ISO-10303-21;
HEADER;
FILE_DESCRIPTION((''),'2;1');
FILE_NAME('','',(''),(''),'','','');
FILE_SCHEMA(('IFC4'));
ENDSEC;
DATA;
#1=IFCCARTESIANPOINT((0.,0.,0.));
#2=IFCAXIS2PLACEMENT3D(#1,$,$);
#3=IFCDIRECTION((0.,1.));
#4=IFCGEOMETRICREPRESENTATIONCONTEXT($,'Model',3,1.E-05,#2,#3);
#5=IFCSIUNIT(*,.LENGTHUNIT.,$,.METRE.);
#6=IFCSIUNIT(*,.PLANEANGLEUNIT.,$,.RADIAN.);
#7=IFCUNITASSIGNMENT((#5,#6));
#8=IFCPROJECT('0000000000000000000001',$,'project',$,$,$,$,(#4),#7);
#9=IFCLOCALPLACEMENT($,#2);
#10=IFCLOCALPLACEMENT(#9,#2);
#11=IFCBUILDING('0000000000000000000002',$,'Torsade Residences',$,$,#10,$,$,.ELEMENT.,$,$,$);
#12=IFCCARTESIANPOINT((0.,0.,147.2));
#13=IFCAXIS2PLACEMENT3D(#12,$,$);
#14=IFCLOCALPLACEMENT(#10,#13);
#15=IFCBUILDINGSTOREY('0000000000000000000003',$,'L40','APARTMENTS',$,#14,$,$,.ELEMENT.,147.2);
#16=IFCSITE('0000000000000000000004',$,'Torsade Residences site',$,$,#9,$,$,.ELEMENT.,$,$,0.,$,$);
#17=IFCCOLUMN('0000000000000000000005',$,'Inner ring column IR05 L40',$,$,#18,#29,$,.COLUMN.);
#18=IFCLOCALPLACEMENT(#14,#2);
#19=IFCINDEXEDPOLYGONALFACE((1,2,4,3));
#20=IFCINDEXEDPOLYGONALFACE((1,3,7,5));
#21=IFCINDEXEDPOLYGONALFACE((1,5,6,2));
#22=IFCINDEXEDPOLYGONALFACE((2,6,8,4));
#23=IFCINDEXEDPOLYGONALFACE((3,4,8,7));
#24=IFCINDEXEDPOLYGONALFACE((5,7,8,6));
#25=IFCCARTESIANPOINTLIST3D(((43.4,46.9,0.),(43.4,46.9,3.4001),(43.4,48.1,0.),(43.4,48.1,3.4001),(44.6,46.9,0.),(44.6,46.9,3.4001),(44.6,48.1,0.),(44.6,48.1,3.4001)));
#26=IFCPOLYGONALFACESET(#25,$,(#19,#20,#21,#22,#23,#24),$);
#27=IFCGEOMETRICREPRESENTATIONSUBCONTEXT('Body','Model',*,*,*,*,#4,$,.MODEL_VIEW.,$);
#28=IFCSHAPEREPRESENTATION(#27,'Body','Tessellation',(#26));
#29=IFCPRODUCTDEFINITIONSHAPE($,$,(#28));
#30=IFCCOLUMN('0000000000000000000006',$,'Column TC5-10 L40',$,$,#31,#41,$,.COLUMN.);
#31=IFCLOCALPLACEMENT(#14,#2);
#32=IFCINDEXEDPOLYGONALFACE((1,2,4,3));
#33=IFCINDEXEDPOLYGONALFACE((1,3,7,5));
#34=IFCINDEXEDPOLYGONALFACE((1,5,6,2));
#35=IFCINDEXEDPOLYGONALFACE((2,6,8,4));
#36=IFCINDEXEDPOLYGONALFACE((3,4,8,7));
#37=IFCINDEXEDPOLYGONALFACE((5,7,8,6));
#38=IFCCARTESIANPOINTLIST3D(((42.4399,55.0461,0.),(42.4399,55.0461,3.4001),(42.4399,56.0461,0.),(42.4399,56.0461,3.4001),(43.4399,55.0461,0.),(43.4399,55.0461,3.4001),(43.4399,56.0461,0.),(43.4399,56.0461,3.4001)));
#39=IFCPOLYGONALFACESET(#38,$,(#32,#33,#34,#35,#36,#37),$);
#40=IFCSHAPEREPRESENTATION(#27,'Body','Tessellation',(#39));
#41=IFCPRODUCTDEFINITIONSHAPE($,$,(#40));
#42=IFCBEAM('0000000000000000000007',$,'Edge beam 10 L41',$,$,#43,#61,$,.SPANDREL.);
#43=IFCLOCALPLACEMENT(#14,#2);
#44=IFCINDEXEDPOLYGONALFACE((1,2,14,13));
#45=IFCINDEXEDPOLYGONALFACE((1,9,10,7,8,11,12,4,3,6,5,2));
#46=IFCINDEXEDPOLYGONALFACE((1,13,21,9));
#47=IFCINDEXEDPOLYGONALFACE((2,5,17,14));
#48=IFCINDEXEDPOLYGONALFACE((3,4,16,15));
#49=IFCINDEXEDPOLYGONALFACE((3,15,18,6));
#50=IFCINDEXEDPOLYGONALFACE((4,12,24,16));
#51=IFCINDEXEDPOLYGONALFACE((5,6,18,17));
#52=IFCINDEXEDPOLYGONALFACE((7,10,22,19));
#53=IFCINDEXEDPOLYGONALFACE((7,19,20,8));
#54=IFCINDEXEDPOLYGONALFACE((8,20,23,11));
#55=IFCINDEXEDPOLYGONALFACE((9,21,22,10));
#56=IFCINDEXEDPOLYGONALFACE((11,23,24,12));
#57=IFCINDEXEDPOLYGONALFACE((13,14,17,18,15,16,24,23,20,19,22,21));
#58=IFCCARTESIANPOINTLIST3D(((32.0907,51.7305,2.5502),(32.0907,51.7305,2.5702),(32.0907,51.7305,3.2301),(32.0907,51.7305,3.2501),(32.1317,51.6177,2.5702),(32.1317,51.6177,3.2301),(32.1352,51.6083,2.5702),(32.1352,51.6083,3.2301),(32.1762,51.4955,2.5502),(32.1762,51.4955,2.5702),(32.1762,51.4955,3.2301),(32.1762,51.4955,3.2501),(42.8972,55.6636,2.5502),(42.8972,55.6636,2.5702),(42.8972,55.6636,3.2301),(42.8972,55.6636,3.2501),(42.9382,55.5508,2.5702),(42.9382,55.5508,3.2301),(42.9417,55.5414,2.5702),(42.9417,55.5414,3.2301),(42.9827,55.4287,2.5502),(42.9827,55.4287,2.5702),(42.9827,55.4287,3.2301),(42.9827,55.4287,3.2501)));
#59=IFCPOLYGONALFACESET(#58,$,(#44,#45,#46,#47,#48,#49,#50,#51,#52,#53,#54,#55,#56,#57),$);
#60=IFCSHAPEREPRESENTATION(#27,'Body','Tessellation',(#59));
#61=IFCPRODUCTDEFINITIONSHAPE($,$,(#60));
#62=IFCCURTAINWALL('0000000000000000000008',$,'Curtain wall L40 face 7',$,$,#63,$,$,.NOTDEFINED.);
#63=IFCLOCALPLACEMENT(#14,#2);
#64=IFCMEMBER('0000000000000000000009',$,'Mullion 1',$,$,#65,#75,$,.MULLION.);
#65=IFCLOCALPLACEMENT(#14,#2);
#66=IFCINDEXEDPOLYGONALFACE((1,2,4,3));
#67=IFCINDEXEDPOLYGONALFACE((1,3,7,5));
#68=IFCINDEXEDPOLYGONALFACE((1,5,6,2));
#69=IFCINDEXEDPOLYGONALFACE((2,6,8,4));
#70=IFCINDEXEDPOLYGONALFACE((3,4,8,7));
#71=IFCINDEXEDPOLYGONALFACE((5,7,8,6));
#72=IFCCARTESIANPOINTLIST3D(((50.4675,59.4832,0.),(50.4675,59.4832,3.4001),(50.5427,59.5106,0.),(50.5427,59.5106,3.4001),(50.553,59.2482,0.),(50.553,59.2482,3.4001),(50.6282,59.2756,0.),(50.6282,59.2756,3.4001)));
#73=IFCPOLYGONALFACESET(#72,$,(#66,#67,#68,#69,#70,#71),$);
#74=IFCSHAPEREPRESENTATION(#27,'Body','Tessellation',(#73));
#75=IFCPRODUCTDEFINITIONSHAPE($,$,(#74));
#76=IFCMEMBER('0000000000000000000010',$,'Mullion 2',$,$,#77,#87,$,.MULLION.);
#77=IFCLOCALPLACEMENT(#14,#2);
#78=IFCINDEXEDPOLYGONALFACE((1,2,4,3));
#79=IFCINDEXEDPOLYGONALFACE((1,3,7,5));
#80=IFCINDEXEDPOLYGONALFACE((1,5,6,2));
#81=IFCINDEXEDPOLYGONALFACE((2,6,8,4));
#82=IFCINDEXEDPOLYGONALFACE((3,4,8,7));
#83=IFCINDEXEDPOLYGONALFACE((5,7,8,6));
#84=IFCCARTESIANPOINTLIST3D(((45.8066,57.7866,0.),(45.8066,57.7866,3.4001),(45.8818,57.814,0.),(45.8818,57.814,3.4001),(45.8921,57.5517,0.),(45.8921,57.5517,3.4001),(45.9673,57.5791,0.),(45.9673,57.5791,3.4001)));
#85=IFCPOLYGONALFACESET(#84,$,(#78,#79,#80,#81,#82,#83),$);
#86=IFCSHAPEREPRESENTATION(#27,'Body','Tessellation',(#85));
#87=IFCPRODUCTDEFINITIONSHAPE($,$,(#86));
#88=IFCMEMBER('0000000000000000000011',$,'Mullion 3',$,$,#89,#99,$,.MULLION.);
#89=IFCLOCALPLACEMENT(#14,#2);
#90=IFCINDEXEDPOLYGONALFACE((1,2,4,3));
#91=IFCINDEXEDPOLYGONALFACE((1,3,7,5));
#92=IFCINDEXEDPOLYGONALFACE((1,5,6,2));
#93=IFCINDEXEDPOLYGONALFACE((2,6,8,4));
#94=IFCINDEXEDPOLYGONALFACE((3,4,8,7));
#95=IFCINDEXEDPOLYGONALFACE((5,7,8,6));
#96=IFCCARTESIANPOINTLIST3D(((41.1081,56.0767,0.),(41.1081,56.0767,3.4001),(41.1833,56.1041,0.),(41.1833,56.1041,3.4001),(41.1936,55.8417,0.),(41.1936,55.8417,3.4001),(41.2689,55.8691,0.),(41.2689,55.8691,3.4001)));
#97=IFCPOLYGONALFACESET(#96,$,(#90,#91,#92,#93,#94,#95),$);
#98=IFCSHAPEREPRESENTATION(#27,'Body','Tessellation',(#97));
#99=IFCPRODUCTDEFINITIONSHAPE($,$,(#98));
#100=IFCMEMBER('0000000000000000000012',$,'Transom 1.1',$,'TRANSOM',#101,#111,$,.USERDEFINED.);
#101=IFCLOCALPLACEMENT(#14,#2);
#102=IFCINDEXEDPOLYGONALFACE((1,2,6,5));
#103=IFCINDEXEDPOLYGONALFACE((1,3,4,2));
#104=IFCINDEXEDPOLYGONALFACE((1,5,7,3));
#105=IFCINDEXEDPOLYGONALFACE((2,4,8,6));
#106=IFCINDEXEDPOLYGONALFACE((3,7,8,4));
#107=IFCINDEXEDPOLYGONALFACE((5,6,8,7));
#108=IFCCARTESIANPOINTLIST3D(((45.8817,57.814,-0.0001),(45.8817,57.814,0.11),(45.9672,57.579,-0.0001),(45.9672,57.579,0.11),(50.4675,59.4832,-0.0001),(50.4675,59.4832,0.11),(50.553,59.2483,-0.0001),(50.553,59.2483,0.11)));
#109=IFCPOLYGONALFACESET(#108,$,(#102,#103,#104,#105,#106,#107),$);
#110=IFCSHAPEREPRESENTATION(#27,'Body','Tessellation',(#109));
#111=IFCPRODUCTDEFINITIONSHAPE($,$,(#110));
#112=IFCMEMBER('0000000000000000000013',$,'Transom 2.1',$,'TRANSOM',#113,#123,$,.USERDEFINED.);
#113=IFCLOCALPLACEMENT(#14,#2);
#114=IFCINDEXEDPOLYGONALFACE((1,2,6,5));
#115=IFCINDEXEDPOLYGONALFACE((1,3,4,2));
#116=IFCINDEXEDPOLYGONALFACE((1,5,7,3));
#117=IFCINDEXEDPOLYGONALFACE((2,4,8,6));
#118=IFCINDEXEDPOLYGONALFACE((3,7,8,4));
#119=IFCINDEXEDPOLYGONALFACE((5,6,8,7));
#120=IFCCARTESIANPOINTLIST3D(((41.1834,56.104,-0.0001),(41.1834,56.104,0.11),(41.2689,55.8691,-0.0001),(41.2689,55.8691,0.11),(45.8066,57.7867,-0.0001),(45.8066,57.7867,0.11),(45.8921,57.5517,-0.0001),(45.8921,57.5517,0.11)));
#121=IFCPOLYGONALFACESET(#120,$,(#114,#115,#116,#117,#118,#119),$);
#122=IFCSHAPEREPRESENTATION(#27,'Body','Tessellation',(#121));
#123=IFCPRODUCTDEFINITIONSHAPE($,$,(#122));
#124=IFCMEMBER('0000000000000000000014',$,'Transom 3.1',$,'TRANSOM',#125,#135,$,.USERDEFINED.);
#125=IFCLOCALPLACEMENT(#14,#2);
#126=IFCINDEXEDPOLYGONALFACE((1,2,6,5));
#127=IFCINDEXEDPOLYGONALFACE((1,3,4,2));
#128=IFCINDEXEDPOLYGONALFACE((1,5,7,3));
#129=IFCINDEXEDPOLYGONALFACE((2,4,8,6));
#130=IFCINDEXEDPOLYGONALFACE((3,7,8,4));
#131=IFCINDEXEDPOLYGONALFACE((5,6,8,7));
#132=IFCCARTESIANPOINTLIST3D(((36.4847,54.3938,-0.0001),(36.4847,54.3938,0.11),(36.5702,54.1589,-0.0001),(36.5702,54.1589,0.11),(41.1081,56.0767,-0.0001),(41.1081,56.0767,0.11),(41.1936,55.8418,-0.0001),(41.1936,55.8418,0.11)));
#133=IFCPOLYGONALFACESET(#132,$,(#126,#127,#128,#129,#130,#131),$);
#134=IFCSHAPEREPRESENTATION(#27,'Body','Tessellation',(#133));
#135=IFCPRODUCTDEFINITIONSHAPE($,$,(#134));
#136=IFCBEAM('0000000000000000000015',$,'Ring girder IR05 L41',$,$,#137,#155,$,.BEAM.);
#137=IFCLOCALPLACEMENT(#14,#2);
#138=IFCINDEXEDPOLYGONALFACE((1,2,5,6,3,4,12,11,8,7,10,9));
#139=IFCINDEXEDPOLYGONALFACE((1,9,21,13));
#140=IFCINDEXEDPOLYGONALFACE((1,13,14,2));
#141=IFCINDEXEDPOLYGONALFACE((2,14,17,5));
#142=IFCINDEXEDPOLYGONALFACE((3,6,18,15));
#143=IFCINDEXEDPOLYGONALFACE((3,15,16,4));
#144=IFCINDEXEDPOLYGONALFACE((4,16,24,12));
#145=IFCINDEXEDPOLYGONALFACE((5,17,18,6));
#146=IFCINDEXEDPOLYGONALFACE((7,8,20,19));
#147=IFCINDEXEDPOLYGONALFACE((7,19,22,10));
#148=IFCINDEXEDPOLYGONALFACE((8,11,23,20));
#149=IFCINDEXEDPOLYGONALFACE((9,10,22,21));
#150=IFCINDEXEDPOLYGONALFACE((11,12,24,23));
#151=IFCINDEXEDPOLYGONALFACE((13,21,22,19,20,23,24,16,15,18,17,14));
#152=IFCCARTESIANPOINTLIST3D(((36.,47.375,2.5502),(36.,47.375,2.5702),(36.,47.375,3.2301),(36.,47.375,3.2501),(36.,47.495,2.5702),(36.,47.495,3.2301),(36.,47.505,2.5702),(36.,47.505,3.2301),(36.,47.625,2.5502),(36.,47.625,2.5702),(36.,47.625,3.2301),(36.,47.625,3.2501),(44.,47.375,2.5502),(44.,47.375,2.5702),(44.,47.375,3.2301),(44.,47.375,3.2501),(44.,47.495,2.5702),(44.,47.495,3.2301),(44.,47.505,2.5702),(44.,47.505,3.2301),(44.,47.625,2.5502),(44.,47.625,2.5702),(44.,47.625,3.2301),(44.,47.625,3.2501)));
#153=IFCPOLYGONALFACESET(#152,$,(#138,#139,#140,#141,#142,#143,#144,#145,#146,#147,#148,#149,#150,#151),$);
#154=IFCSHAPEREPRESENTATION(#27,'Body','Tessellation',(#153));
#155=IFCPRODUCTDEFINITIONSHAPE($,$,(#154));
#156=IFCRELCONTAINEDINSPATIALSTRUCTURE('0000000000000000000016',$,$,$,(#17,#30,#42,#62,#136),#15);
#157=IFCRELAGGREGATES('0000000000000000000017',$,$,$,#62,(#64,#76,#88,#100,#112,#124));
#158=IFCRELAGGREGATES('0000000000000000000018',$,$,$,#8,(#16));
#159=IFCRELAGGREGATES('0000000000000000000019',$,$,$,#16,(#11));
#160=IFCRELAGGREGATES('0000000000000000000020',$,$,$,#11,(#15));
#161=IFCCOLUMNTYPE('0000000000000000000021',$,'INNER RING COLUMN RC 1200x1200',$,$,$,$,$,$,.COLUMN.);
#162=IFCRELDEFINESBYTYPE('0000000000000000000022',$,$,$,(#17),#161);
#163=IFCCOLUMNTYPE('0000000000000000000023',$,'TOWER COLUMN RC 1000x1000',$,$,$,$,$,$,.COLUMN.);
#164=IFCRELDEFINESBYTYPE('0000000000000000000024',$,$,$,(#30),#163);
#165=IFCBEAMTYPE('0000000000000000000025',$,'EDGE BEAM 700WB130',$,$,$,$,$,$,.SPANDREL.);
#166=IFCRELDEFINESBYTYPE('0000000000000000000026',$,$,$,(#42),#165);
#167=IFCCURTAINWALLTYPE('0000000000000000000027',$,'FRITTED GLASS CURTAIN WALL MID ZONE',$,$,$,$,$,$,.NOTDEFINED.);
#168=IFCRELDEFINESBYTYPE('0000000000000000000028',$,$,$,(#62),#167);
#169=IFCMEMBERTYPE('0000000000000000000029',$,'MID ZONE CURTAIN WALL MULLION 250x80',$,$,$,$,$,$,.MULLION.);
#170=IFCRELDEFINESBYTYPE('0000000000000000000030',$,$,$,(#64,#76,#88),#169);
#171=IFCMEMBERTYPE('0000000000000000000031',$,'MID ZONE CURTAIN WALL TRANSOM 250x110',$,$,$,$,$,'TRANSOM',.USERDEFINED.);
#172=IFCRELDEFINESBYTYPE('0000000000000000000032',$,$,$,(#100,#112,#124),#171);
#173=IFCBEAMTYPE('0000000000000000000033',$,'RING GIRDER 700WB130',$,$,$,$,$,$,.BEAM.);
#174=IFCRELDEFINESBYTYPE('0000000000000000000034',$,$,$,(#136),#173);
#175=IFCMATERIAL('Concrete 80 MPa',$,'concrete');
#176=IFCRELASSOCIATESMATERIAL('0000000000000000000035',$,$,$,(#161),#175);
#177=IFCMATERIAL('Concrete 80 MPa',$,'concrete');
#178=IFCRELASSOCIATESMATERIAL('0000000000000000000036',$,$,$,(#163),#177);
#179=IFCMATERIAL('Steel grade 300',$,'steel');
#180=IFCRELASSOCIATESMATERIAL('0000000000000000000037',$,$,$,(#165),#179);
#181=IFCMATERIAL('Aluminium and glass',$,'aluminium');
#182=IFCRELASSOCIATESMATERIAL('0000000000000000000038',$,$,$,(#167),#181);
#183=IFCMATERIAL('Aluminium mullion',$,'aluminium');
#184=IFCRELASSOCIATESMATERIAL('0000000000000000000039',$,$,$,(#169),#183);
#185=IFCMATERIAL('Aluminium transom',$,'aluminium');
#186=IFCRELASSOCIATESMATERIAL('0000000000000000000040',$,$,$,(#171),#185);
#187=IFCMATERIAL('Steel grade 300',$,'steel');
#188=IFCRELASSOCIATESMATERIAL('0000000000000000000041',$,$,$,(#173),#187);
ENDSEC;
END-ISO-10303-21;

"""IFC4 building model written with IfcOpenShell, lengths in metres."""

from ifc_helpers import new_model, si_unit, direction, frame, origin, origin_2d, place, context, subcontext, project, spatial, rectangle, i_section, extrude, material, material_profile, profile_set, type_object, element, aggregate, save


model = new_model("IFC4")

# Units and contexts
model_context = context("Model", 3, precision=1e-05, world=origin(), true_north=direction((0.0, 1.0)))
body_context = subcontext(model_context, "Body", "Model", "MODEL_VIEW")
ifc_project = project(units=[si_unit("LENGTHUNIT", "METRE"), si_unit("PLANEANGLEUNIT", "RADIAN")], contexts=[model_context])

# Site, building, storey
site_placement = place(None, origin())
site = spatial("IfcSite", under=ifc_project, at=site_placement, Name="Torsade Residences site", CompositionType="ELEMENT", RefElevation=0.0)
building_placement = place(site_placement, origin())
building = spatial("IfcBuilding", under=site, at=building_placement, Name="Torsade Residences", CompositionType="ELEMENT")
storey_placement = place(building_placement, frame((0.0, 0.0, 147.2)))
storey = spatial("IfcBuildingStorey", under=building, at=storey_placement, Name="L40", Description="APARTMENTS", CompositionType="ELEMENT", Elevation=147.2)

# Columns
ifc_material_1 = material(Name="Concrete 80 MPa", Category="concrete")
ifc_material_profile_1 = material_profile(ifc_material_1, rectangle(XDim=1.2, YDim=1.2, at=origin_2d()), Name="RC 1200x1200")
ifc_profile_set_1 = profile_set([ifc_material_profile_1], Name="Concrete 80 MPa")
column_type_1 = type_object("IfcColumnType", Name="INNER RING COLUMN RC 1200x1200", PredefinedType="COLUMN", material=ifc_profile_set_1)
column_1_placement = place(storey_placement, frame((44.0, 47.5, 0.0), z_axis=(0.0, 0.0, 1.0), x_axis=(1.0, 0.0, 0.0)))
element("IfcColumn", 1, at=column_1_placement, inside=storey, type_object=column_type_1, Name="Inner ring column IR05 L40", PredefinedType="COLUMN", context=body_context, shape_type="SweptSolid", body=[
    extrude(rectangle(XDim=1.2, YDim=1.2, at=origin_2d()), origin(), (0.0, 0.0, 1.0), 3.4001),
])
ifc_material_2 = material(Name="Concrete 80 MPa", Category="concrete")
ifc_material_profile_2 = material_profile(ifc_material_2, rectangle(XDim=1.0, YDim=1.0, at=origin_2d()), Name="RC 1000x1000")
ifc_profile_set_2 = profile_set([ifc_material_profile_2], Name="Concrete 80 MPa")
column_type_2 = type_object("IfcColumnType", Name="TOWER COLUMN RC 1000x1000", PredefinedType="COLUMN", material=ifc_profile_set_2)
column_2_placement = place(storey_placement, frame((42.9399, 55.5461, 0.0), z_axis=(0.0, 0.0, 1.0), x_axis=(1.0, 0.0, 0.0)))
element("IfcColumn", 2, at=column_2_placement, inside=storey, type_object=column_type_2, Name="Column TC5-10 L40", PredefinedType="COLUMN", context=body_context, shape_type="SweptSolid", body=[
    extrude(rectangle(XDim=1.0, YDim=1.0, at=origin_2d()), origin(), (0.0, 0.0, 1.0), 3.4001),
])

# Beam
ifc_material_3 = material(Name="Steel grade 300", Category="steel")
ifc_material_profile_3 = material_profile(ifc_material_3, i_section(OverallWidth=0.25, OverallDepth=0.7, WebThickness=0.01, FlangeThickness=0.02, at=origin_2d()), Name="700WB130")
ifc_profile_set_3 = profile_set([ifc_material_profile_3], Name="Steel grade 300")
beam_type_1 = type_object("IfcBeamType", Name="EDGE BEAM 700WB130", PredefinedType="SPANDREL", material=ifc_profile_set_3)
beam_1_placement = place(storey_placement, frame((42.9399, 55.5461, 2.9001), z_axis=(-0.939695, -0.342012, 0.0), x_axis=(0.342012, -0.939695, 0.0)))
element("IfcBeam", 3, at=beam_1_placement, inside=storey, type_object=beam_type_1, Name="Edge beam 10 L41", PredefinedType="SPANDREL", context=body_context, shape_type="SweptSolid", body=[
    extrude(i_section(OverallWidth=0.25, OverallDepth=0.7, WebThickness=0.01, FlangeThickness=0.02, at=origin_2d()), origin(), (0.0, 0.0, 1.0), 11.5),
])

# Curtain wall, members
ifc_material_4 = material(Name="Aluminium and glass", Category="aluminium")
curtain_wall_type = type_object("IfcCurtainWallType", Name="FRITTED GLASS CURTAIN WALL MID ZONE", PredefinedType="NOTDEFINED", material=ifc_material_4)
curtain_wall_placement = place(storey_placement, origin())
curtain_wall = element("IfcCurtainWall", 4, at=curtain_wall_placement, inside=storey, type_object=curtain_wall_type, Name="Curtain wall L40 face 7", PredefinedType="NOTDEFINED")
ifc_material_5 = material(Name="Aluminium mullion", Category="aluminium")
ifc_material_profile_4 = material_profile(ifc_material_5, rectangle(XDim=0.25, YDim=0.0801, at=origin_2d()), Name="MID ZONE CURTAIN WALL MULLION 250x80")
ifc_profile_set_4 = profile_set([ifc_material_profile_4], Name="Aluminium mullion")
member_type_1 = type_object("IfcMemberType", Name="MID ZONE CURTAIN WALL MULLION 250x80", PredefinedType="MULLION", material=ifc_profile_set_4)
member_1_placement = place(storey_placement, frame((50.5479, 59.3794, 0.0), z_axis=(0.0, 0.0, 1.0), x_axis=(0.34202, -0.939693, 0.0)))
member_1 = element("IfcMember", 5, at=member_1_placement, type_object=member_type_1, Name="Mullion 1", PredefinedType="MULLION", context=body_context, shape_type="SweptSolid", body=[
    extrude(rectangle(XDim=0.25, YDim=0.0801, at=origin_2d()), origin(), (0.0, 0.0, 1.0), 3.4001),
])
member_2_placement = place(storey_placement, frame((45.887, 57.6829, 0.0), z_axis=(0.0, 0.0, 1.0), x_axis=(0.34202, -0.939693, 0.0)))
member_2 = element("IfcMember", 6, at=member_2_placement, type_object=member_type_1, Name="Mullion 2", PredefinedType="MULLION", context=body_context, shape_type="SweptSolid", body=[
    extrude(rectangle(XDim=0.25, YDim=0.0801, at=origin_2d()), origin(), (0.0, 0.0, 1.0), 3.4001),
])
member_3_placement = place(storey_placement, frame((41.1885, 55.9729, 0.0), z_axis=(0.0, 0.0, 1.0), x_axis=(0.34202, -0.939693, 0.0)))
member_3 = element("IfcMember", 7, at=member_3_placement, type_object=member_type_1, Name="Mullion 3", PredefinedType="MULLION", context=body_context, shape_type="SweptSolid", body=[
    extrude(rectangle(XDim=0.25, YDim=0.0801, at=origin_2d()), origin(), (0.0, 0.0, 1.0), 3.4001),
])
ifc_material_6 = material(Name="Aluminium transom", Category="aluminium")
ifc_material_profile_5 = material_profile(ifc_material_6, rectangle(XDim=0.25, YDim=0.1101, at=origin_2d()), Name="MID ZONE CURTAIN WALL TRANSOM 250x110")
ifc_profile_set_5 = profile_set([ifc_material_profile_5], Name="Aluminium transom")
member_type_2 = type_object("IfcMemberType", Name="MID ZONE CURTAIN WALL TRANSOM 250x110", ElementType="TRANSOM", PredefinedType="USERDEFINED", material=ifc_profile_set_5)
member_4_placement = place(storey_placement, frame((50.5103, 59.3657, 0.0549), z_axis=(-0.939684, -0.342044, 0.0), x_axis=(0.342044, -0.939684, 0.0)))
member_4 = element("IfcMember", 8, at=member_4_placement, type_object=member_type_2, Name="Transom 1.1", ObjectType="TRANSOM", PredefinedType="USERDEFINED", context=body_context, shape_type="SweptSolid", body=[
    extrude(rectangle(XDim=0.25, YDim=0.1101, at=origin_2d()), origin(), (0.0, 0.0, 1.0), 4.8801),
])
member_5_placement = place(storey_placement, frame((45.8494, 57.6692, 0.0549), z_axis=(-0.939701, -0.341998, 0.0), x_axis=(0.341998, -0.939701, 0.0)))
member_5 = element("IfcMember", 9, at=member_5_placement, type_object=member_type_2, Name="Transom 2.1", ObjectType="TRANSOM", PredefinedType="USERDEFINED", context=body_context, shape_type="SweptSolid", body=[
    extrude(rectangle(XDim=0.25, YDim=0.1101, at=origin_2d()), origin(), (0.0, 0.0, 1.0), 4.9199),
])
member_6_placement = place(storey_placement, frame((41.1509, 55.9592, 0.0549), z_axis=(-0.939685, -0.342042, 0.0), x_axis=(0.342042, -0.939685, 0.0)))
member_6 = element("IfcMember", 10, at=member_6_placement, type_object=member_type_2, Name="Transom 3.1", ObjectType="TRANSOM", PredefinedType="USERDEFINED", context=body_context, shape_type="SweptSolid", body=[
    extrude(rectangle(XDim=0.25, YDim=0.1101, at=origin_2d()), origin(), (0.0, 0.0, 1.0), 4.9202),
])

# Beam
ifc_material_7 = material(Name="Steel grade 300", Category="steel")
ifc_material_profile_6 = material_profile(ifc_material_7, i_section(OverallWidth=0.25, OverallDepth=0.7, WebThickness=0.01, FlangeThickness=0.02, at=origin_2d()), Name="700WB130")
ifc_profile_set_6 = profile_set([ifc_material_profile_6], Name="Steel grade 300")
beam_type_2 = type_object("IfcBeamType", Name="RING GIRDER 700WB130", PredefinedType="BEAM", material=ifc_profile_set_6)
beam_2_placement = place(storey_placement, frame((44.0, 47.5, 2.9001), z_axis=(-1.0, 0.0, 0.0), x_axis=(0.0, -1.0, 0.0)))
element("IfcBeam", 11, at=beam_2_placement, inside=storey, type_object=beam_type_2, Name="Ring girder IR05 L41", PredefinedType="BEAM", context=body_context, shape_type="SweptSolid", body=[
    extrude(i_section(OverallWidth=0.25, OverallDepth=0.7, WebThickness=0.01, FlangeThickness=0.02, at=origin_2d()), origin(), (0.0, 0.0, 1.0), 8.0),
])

aggregate(curtain_wall, [member_1, member_2, member_3, member_4, member_5, member_6])

save(model, "model.ifc")
